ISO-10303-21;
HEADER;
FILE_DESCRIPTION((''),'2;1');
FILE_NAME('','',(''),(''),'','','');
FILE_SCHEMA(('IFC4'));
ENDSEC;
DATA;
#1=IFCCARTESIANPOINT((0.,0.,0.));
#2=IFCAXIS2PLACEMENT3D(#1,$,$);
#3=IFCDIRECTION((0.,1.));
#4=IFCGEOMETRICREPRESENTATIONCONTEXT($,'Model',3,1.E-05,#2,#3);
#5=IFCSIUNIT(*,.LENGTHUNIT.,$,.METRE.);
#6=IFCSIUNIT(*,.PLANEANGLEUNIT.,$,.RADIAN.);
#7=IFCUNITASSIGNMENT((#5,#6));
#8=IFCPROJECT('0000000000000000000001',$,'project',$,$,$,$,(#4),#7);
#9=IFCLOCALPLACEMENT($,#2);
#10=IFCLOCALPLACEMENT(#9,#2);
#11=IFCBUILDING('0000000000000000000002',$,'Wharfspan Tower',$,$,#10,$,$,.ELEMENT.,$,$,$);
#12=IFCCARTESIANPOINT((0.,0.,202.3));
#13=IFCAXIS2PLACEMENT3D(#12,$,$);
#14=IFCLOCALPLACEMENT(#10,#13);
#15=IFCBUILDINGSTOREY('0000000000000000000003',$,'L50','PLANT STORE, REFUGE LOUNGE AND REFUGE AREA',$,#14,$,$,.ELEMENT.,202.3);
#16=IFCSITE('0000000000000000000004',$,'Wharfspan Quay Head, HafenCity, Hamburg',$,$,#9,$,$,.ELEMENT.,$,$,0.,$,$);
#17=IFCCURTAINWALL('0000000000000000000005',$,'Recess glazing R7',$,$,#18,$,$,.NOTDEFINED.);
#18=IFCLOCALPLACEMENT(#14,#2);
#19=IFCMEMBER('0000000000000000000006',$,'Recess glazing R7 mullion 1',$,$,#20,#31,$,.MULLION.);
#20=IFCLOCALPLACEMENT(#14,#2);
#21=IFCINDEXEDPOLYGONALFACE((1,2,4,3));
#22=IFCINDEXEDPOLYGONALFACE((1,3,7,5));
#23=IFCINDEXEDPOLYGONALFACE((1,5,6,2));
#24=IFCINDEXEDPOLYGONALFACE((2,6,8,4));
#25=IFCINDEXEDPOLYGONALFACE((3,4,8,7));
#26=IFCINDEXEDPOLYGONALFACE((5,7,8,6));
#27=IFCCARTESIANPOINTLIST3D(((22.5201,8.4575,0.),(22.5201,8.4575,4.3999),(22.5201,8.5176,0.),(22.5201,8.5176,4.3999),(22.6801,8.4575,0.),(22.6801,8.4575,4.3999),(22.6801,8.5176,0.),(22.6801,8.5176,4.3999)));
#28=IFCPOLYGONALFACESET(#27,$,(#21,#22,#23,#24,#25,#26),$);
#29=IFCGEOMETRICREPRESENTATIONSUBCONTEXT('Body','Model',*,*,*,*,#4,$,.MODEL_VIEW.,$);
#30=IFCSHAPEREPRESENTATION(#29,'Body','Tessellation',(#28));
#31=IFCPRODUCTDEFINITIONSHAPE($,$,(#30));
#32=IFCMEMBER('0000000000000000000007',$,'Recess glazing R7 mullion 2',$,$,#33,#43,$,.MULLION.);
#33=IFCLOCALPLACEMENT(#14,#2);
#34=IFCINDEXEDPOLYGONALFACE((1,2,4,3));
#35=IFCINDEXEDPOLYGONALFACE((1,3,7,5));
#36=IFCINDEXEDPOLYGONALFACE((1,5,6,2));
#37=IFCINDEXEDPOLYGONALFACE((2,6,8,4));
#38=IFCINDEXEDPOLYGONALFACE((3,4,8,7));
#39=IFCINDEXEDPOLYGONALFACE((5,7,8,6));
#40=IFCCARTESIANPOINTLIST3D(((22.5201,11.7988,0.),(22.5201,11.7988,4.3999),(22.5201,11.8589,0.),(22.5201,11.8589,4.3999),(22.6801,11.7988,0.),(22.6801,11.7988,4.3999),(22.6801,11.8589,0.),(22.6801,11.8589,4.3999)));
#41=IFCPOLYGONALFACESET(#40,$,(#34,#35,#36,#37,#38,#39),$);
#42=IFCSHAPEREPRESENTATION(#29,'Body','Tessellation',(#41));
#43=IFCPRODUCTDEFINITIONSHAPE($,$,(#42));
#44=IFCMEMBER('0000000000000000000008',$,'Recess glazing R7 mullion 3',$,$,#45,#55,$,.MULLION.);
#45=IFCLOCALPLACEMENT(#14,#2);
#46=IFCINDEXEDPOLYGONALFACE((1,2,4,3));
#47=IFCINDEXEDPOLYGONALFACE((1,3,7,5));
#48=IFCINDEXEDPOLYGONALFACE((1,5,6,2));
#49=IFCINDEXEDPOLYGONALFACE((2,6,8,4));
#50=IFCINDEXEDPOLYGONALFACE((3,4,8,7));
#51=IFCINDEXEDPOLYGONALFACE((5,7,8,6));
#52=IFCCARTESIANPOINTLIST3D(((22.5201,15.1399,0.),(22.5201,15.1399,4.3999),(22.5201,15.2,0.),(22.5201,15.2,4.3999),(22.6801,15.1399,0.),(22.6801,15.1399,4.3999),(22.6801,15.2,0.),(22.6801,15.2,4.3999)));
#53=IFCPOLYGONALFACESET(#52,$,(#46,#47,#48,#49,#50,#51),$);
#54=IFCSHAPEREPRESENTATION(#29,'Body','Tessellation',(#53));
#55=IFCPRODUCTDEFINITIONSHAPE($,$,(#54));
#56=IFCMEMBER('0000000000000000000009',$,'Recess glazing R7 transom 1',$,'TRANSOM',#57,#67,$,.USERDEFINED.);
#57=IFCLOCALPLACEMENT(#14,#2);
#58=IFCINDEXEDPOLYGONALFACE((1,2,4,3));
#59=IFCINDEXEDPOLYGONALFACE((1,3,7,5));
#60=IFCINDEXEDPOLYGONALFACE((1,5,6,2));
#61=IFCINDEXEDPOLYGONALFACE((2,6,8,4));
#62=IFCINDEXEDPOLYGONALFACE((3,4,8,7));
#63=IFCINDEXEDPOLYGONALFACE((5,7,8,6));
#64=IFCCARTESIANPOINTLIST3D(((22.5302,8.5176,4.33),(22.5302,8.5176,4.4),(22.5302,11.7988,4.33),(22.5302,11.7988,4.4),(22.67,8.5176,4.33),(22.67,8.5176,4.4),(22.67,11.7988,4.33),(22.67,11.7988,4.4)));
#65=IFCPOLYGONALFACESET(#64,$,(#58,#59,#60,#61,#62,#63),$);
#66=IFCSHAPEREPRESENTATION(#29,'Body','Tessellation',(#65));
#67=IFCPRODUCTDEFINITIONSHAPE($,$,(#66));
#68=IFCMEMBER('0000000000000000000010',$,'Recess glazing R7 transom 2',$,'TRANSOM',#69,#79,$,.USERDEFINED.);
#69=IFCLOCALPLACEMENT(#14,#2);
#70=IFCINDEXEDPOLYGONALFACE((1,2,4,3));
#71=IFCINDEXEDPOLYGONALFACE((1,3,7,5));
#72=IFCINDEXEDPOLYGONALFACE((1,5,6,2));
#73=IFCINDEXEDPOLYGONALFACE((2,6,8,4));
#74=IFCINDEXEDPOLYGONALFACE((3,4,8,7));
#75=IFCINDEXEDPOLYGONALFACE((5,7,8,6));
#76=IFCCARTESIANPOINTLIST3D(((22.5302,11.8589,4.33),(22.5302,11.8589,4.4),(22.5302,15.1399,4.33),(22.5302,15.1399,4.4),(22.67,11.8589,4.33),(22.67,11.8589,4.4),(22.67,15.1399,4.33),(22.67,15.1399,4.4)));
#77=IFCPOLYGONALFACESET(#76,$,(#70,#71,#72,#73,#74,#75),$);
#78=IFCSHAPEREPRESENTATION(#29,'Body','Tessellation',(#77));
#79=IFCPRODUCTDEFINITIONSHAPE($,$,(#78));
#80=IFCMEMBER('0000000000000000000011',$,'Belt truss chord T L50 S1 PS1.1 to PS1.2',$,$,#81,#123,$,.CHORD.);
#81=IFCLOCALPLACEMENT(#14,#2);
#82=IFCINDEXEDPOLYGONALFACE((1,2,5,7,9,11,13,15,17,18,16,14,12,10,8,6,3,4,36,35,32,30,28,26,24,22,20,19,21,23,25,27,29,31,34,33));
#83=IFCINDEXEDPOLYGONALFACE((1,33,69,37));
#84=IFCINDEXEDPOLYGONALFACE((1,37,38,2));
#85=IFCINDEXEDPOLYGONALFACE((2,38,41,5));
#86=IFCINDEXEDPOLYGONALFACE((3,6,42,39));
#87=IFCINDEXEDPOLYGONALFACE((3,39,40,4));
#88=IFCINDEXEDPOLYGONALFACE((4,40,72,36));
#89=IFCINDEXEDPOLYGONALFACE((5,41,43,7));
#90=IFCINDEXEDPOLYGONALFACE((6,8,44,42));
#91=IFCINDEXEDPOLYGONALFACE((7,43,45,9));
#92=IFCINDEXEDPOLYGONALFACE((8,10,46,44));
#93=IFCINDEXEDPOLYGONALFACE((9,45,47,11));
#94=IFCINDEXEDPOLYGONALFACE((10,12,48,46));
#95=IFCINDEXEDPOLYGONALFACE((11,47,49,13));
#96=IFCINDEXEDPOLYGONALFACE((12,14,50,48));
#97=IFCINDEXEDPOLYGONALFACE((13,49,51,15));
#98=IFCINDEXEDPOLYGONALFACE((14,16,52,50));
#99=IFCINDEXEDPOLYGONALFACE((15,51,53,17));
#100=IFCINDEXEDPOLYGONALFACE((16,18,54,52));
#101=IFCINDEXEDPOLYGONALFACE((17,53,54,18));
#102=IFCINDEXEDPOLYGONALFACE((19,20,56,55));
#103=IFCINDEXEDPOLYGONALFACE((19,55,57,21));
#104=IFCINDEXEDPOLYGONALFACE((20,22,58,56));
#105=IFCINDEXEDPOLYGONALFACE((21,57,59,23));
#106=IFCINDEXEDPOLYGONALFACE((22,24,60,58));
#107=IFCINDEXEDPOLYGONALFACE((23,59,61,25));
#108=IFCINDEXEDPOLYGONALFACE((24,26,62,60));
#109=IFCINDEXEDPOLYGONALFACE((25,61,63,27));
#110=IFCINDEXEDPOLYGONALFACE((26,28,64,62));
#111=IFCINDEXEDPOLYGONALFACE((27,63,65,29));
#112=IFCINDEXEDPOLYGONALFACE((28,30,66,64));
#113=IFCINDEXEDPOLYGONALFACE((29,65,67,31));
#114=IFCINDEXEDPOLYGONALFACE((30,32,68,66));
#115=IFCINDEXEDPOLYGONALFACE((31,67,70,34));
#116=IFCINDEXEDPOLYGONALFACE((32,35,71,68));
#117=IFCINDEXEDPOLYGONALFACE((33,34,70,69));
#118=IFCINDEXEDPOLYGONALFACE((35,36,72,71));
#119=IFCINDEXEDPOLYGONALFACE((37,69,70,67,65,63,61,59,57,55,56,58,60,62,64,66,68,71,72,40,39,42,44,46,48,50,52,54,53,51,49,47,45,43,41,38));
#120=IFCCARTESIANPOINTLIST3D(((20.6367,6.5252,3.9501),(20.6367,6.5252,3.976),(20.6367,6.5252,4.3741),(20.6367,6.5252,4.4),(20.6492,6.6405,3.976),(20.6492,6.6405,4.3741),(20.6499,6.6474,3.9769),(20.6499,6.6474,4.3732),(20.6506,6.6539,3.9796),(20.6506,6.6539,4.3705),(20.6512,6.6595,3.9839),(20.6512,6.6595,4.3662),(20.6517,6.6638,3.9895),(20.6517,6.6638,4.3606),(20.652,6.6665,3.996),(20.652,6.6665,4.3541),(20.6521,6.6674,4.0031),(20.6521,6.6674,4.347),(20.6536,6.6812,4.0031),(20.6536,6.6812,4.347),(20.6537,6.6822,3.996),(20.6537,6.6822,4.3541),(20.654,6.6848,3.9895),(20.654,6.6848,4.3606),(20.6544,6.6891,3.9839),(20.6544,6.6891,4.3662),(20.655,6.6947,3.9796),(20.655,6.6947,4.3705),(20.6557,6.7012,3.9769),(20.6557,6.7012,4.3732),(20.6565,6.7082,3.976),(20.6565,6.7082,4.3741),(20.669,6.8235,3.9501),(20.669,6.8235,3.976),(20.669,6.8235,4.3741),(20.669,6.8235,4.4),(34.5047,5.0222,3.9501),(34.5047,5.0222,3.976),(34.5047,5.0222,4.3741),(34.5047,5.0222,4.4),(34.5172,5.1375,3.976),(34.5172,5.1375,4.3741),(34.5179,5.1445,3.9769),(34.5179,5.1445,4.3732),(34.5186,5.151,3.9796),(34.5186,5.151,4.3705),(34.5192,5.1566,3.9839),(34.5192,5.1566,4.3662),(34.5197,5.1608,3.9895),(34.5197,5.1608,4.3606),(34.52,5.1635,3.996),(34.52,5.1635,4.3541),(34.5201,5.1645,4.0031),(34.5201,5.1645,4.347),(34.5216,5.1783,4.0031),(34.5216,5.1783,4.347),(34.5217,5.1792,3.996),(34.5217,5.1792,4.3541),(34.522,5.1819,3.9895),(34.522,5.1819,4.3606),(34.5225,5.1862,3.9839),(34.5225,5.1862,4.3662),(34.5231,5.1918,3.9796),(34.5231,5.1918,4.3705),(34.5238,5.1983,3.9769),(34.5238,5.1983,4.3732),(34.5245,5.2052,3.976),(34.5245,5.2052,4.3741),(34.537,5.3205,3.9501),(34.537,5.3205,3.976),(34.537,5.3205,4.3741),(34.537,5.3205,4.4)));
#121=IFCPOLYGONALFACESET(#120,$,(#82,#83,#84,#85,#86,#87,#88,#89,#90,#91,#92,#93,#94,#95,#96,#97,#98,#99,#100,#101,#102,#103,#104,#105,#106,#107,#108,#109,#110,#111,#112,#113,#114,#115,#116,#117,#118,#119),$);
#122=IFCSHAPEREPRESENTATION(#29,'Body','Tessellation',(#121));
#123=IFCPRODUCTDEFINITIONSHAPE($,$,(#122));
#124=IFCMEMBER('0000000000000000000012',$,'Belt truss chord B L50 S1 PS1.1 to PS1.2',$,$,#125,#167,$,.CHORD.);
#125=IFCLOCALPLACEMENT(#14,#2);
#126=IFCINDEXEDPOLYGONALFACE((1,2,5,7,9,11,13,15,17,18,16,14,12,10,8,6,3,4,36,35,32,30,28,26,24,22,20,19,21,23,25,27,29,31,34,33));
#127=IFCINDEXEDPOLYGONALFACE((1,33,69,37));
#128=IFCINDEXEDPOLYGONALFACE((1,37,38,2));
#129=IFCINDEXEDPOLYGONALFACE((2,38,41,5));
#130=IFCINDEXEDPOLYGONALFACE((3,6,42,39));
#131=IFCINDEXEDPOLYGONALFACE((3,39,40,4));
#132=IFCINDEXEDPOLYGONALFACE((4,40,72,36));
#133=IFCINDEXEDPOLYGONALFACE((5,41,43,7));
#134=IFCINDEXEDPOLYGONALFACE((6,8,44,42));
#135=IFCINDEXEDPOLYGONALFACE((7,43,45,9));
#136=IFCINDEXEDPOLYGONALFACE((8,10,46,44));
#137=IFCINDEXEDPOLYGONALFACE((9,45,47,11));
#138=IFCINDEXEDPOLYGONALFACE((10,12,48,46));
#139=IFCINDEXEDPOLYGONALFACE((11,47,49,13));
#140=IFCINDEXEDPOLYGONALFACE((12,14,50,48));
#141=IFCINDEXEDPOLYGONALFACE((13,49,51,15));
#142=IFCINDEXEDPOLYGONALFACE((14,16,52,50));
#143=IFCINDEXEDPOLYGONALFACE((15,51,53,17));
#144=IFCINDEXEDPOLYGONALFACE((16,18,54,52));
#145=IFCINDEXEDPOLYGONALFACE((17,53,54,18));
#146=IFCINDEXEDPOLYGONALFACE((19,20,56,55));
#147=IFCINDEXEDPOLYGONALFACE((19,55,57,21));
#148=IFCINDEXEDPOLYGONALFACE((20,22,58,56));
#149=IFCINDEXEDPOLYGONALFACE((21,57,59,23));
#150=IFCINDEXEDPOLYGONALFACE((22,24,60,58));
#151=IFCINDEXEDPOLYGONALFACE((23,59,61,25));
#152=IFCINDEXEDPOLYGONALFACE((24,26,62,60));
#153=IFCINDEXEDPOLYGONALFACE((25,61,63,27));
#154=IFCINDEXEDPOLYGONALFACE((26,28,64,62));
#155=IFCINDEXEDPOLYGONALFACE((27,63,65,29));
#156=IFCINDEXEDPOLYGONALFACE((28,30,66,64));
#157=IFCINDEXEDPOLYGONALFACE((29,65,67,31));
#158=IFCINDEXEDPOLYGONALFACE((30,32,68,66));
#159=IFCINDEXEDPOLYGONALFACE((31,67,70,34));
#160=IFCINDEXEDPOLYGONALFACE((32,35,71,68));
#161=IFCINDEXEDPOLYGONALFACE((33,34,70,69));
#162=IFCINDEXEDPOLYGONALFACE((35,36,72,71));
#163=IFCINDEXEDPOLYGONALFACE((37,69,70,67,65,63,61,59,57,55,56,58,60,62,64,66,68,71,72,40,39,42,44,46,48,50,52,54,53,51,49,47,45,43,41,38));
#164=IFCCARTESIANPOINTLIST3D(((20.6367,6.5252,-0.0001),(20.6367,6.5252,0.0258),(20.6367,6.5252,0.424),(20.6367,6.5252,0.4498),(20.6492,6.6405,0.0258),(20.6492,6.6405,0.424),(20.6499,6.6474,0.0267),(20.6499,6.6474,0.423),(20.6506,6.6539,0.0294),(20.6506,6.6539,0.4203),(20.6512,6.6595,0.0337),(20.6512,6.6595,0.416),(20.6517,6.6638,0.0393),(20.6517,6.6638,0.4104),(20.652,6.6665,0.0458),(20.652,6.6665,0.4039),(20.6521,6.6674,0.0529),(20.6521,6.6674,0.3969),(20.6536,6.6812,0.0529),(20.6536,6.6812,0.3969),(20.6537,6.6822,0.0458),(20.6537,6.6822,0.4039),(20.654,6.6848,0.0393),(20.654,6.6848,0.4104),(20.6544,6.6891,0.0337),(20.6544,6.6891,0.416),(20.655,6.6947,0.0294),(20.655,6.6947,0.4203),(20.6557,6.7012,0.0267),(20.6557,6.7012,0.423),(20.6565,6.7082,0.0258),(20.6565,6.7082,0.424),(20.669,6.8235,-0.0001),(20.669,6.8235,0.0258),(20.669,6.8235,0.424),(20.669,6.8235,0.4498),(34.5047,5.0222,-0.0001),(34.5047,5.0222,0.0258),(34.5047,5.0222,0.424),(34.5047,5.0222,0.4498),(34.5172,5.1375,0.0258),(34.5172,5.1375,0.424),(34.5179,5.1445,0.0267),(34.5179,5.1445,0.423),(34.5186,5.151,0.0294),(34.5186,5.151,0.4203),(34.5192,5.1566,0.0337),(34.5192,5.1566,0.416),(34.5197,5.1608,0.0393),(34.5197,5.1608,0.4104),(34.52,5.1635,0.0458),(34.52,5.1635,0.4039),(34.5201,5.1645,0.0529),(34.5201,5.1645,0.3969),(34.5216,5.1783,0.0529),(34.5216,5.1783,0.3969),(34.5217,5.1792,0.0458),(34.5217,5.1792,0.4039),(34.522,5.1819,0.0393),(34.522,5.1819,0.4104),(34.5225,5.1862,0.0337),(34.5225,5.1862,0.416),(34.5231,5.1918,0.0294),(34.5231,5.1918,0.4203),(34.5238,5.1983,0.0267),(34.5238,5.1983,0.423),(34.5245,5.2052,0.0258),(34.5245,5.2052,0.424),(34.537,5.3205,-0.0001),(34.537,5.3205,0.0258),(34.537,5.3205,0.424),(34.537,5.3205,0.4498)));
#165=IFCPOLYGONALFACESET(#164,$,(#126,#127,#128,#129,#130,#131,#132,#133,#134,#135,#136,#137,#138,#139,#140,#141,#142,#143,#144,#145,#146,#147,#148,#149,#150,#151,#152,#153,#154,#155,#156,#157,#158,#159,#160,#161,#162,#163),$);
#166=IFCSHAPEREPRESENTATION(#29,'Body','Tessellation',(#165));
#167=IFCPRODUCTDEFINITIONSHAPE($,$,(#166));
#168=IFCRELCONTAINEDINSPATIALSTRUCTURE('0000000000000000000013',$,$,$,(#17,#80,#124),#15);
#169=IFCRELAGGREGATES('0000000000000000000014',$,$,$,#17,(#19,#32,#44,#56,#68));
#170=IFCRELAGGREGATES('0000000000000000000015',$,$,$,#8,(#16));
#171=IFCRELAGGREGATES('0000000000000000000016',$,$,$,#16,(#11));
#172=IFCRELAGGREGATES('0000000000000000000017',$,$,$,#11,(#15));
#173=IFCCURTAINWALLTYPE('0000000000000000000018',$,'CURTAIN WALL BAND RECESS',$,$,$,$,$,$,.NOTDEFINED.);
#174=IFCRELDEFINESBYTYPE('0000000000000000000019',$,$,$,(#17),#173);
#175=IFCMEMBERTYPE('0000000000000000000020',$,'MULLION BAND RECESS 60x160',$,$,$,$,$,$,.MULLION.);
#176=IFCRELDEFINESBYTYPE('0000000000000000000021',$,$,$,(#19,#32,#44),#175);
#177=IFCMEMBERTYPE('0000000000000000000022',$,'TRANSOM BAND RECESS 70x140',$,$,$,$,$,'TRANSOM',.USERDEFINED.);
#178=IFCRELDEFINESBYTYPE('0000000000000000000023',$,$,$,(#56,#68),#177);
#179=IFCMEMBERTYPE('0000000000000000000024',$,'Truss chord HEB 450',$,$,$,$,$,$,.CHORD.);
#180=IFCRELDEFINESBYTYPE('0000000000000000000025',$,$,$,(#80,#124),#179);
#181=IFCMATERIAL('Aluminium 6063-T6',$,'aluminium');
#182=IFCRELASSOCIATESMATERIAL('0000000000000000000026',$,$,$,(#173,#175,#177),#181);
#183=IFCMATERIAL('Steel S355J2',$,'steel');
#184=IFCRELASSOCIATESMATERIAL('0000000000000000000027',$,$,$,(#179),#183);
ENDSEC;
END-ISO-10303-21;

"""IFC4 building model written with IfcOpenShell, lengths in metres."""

from ifc_helpers import new_model, si_unit, direction, frame, origin, origin_2d, place, context, subcontext, project, spatial, rectangle, i_section, extrude, material, material_profile, profile_set, type_object, element, aggregate, save


model = new_model("IFC4")

# Units and contexts
model_context = context("Model", 3, precision=1e-05, world=origin(), true_north=direction((0.0, 1.0)))
body_context = subcontext(model_context, "Body", "Model", "MODEL_VIEW")
ifc_project = project(units=[si_unit("LENGTHUNIT", "METRE"), si_unit("PLANEANGLEUNIT", "RADIAN")], contexts=[model_context])

# Site, building, storey
site_placement = place(None, origin())
site = spatial("IfcSite", under=ifc_project, at=site_placement, Name="Wharfspan Quay Head, HafenCity, Hamburg", CompositionType="ELEMENT", RefElevation=0.0)
building_placement = place(site_placement, origin())
building = spatial("IfcBuilding", under=site, at=building_placement, Name="Wharfspan Tower", CompositionType="ELEMENT")
storey_placement = place(building_placement, frame((0.0, 0.0, 202.3)))
storey = spatial("IfcBuildingStorey", under=building, at=storey_placement, Name="L50", Description="PLANT STORE, REFUGE LOUNGE AND REFUGE AREA", CompositionType="ELEMENT", Elevation=202.3)

# Shared definitions
ifc_material_1 = material(Name="Steel S355J2", Category="steel")

# Shared definitions
ifc_material_2 = material(Name="Aluminium 6063-T6", Category="aluminium")
curtain_wall_type = type_object("IfcCurtainWallType", Name="CURTAIN WALL BAND RECESS", PredefinedType="NOTDEFINED", material=ifc_material_2)
ifc_material_profile_1 = material_profile(ifc_material_2, rectangle(XDim=0.1599, YDim=0.0601, at=origin_2d()))
ifc_profile_set_1 = profile_set([ifc_material_profile_1], Name="Aluminium 6063-T6")
member_type_1 = type_object("IfcMemberType", Name="MULLION BAND RECESS 60x160", PredefinedType="MULLION", material=ifc_profile_set_1)

# Curtain wall, members
curtain_wall_1_placement = place(storey_placement, origin())
curtain_wall_1 = element("IfcCurtainWall", 1, at=curtain_wall_1_placement, inside=storey, type_object=curtain_wall_type, Name="Recess glazing R7", PredefinedType="NOTDEFINED")
member_1_placement = place(storey_placement, frame((22.6001, 8.4875, 0.0), z_axis=(0.0, 0.0, 1.0), x_axis=(-1.0, 0.0, 0.0)))
member_1 = element("IfcMember", 2, at=member_1_placement, type_object=member_type_1, Name="Recess glazing R7 mullion 1", PredefinedType="MULLION", context=body_context, shape_type="SweptSolid", body=[
    extrude(rectangle(XDim=0.1599, YDim=0.0601, at=origin_2d()), origin(), (0.0, 0.0, 1.0), 4.3999),
])
member_2_placement = place(storey_placement, frame((22.6001, 11.8289, 0.0), z_axis=(0.0, 0.0, 1.0), x_axis=(-1.0, 0.0, 0.0)))
member_2 = element("IfcMember", 3, at=member_2_placement, type_object=member_type_1, Name="Recess glazing R7 mullion 2", PredefinedType="MULLION", context=body_context, shape_type="SweptSolid", body=[
    extrude(rectangle(XDim=0.1599, YDim=0.0601, at=origin_2d()), origin(), (0.0, 0.0, 1.0), 4.3999),
])
member_3_placement = place(storey_placement, frame((22.6001, 15.1699, 0.0), z_axis=(0.0, 0.0, 1.0), x_axis=(-1.0, 0.0, 0.0)))
member_3 = element("IfcMember", 4, at=member_3_placement, type_object=member_type_1, Name="Recess glazing R7 mullion 3", PredefinedType="MULLION", context=body_context, shape_type="SweptSolid", body=[
    extrude(rectangle(XDim=0.1599, YDim=0.0601, at=origin_2d()), origin(), (0.0, 0.0, 1.0), 4.3999),
])
ifc_material_profile_2 = material_profile(ifc_material_2, rectangle(XDim=0.1399, YDim=0.0701, at=origin_2d()))
ifc_profile_set_2 = profile_set([ifc_material_profile_2], Name="Aluminium 6063-T6")
member_type_2 = type_object("IfcMemberType", Name="TRANSOM BAND RECESS 70x140", ElementType="TRANSOM", PredefinedType="USERDEFINED", material=ifc_profile_set_2)
member_4_placement = place(storey_placement, frame((22.6001, 8.5176, 4.365), z_axis=(0.0, 1.0, 0.0), x_axis=(-1.0, 0.0, 0.0)))
member_4 = element("IfcMember", 5, at=member_4_placement, type_object=member_type_2, Name="Recess glazing R7 transom 1", ObjectType="TRANSOM", PredefinedType="USERDEFINED", context=body_context, shape_type="SweptSolid", body=[
    extrude(rectangle(XDim=0.1399, YDim=0.0701, at=origin_2d()), origin(), (0.0, 0.0, 1.0), 3.2812),
])
member_5_placement = place(storey_placement, frame((22.6001, 11.8589, 4.365), z_axis=(0.0, 1.0, 0.0), x_axis=(-1.0, 0.0, 0.0)))
member_5 = element("IfcMember", 6, at=member_5_placement, type_object=member_type_2, Name="Recess glazing R7 transom 2", ObjectType="TRANSOM", PredefinedType="USERDEFINED", context=body_context, shape_type="SweptSolid", body=[
    extrude(rectangle(XDim=0.1399, YDim=0.0701, at=origin_2d()), origin(), (0.0, 0.0, 1.0), 3.281),
])

# Members
ifc_material_profile_3 = material_profile(ifc_material_1, i_section(OverallWidth=0.3, OverallDepth=0.45, WebThickness=0.0139, FlangeThickness=0.0259, FilletRadius=0.0271, at=origin_2d()))
ifc_profile_set_3 = profile_set([ifc_material_profile_3], Name="Steel S355J2")
member_type_3 = type_object("IfcMemberType", Name="Truss chord HEB 450", PredefinedType="CHORD", material=ifc_profile_set_3)
for number, where, z_axis, x_axis, name in (
    (7, (20.6528, 6.6743, 4.175), (0.994179, -0.107744, 0.0), (0.107744, 0.994179, 0.0), "Belt truss chord T L50 S1 PS1.1 to PS1.2"),
    (8, (20.6528, 6.6743, 0.2249), (0.994179, -0.107744, 0.0), (0.107744, 0.994179, 0.0), "Belt truss chord B L50 S1 PS1.1 to PS1.2"),
):
    element("IfcMember", number, at=place(storey_placement, frame(where, z_axis=z_axis, x_axis=x_axis)), inside=storey, type_object=member_type_3, Name=name, PredefinedType="CHORD", context=body_context, shape_type="SweptSolid", body=[
        extrude(i_section(OverallWidth=0.3, OverallDepth=0.45, WebThickness=0.0139, FlangeThickness=0.0259, FilletRadius=0.0271, at=origin_2d()), origin(), (0.0, 0.0, 1.0), 13.9492),
    ])

aggregate(curtain_wall_1, [member_1, member_2, member_3, member_4, member_5])

save(model, "model.ifc")
